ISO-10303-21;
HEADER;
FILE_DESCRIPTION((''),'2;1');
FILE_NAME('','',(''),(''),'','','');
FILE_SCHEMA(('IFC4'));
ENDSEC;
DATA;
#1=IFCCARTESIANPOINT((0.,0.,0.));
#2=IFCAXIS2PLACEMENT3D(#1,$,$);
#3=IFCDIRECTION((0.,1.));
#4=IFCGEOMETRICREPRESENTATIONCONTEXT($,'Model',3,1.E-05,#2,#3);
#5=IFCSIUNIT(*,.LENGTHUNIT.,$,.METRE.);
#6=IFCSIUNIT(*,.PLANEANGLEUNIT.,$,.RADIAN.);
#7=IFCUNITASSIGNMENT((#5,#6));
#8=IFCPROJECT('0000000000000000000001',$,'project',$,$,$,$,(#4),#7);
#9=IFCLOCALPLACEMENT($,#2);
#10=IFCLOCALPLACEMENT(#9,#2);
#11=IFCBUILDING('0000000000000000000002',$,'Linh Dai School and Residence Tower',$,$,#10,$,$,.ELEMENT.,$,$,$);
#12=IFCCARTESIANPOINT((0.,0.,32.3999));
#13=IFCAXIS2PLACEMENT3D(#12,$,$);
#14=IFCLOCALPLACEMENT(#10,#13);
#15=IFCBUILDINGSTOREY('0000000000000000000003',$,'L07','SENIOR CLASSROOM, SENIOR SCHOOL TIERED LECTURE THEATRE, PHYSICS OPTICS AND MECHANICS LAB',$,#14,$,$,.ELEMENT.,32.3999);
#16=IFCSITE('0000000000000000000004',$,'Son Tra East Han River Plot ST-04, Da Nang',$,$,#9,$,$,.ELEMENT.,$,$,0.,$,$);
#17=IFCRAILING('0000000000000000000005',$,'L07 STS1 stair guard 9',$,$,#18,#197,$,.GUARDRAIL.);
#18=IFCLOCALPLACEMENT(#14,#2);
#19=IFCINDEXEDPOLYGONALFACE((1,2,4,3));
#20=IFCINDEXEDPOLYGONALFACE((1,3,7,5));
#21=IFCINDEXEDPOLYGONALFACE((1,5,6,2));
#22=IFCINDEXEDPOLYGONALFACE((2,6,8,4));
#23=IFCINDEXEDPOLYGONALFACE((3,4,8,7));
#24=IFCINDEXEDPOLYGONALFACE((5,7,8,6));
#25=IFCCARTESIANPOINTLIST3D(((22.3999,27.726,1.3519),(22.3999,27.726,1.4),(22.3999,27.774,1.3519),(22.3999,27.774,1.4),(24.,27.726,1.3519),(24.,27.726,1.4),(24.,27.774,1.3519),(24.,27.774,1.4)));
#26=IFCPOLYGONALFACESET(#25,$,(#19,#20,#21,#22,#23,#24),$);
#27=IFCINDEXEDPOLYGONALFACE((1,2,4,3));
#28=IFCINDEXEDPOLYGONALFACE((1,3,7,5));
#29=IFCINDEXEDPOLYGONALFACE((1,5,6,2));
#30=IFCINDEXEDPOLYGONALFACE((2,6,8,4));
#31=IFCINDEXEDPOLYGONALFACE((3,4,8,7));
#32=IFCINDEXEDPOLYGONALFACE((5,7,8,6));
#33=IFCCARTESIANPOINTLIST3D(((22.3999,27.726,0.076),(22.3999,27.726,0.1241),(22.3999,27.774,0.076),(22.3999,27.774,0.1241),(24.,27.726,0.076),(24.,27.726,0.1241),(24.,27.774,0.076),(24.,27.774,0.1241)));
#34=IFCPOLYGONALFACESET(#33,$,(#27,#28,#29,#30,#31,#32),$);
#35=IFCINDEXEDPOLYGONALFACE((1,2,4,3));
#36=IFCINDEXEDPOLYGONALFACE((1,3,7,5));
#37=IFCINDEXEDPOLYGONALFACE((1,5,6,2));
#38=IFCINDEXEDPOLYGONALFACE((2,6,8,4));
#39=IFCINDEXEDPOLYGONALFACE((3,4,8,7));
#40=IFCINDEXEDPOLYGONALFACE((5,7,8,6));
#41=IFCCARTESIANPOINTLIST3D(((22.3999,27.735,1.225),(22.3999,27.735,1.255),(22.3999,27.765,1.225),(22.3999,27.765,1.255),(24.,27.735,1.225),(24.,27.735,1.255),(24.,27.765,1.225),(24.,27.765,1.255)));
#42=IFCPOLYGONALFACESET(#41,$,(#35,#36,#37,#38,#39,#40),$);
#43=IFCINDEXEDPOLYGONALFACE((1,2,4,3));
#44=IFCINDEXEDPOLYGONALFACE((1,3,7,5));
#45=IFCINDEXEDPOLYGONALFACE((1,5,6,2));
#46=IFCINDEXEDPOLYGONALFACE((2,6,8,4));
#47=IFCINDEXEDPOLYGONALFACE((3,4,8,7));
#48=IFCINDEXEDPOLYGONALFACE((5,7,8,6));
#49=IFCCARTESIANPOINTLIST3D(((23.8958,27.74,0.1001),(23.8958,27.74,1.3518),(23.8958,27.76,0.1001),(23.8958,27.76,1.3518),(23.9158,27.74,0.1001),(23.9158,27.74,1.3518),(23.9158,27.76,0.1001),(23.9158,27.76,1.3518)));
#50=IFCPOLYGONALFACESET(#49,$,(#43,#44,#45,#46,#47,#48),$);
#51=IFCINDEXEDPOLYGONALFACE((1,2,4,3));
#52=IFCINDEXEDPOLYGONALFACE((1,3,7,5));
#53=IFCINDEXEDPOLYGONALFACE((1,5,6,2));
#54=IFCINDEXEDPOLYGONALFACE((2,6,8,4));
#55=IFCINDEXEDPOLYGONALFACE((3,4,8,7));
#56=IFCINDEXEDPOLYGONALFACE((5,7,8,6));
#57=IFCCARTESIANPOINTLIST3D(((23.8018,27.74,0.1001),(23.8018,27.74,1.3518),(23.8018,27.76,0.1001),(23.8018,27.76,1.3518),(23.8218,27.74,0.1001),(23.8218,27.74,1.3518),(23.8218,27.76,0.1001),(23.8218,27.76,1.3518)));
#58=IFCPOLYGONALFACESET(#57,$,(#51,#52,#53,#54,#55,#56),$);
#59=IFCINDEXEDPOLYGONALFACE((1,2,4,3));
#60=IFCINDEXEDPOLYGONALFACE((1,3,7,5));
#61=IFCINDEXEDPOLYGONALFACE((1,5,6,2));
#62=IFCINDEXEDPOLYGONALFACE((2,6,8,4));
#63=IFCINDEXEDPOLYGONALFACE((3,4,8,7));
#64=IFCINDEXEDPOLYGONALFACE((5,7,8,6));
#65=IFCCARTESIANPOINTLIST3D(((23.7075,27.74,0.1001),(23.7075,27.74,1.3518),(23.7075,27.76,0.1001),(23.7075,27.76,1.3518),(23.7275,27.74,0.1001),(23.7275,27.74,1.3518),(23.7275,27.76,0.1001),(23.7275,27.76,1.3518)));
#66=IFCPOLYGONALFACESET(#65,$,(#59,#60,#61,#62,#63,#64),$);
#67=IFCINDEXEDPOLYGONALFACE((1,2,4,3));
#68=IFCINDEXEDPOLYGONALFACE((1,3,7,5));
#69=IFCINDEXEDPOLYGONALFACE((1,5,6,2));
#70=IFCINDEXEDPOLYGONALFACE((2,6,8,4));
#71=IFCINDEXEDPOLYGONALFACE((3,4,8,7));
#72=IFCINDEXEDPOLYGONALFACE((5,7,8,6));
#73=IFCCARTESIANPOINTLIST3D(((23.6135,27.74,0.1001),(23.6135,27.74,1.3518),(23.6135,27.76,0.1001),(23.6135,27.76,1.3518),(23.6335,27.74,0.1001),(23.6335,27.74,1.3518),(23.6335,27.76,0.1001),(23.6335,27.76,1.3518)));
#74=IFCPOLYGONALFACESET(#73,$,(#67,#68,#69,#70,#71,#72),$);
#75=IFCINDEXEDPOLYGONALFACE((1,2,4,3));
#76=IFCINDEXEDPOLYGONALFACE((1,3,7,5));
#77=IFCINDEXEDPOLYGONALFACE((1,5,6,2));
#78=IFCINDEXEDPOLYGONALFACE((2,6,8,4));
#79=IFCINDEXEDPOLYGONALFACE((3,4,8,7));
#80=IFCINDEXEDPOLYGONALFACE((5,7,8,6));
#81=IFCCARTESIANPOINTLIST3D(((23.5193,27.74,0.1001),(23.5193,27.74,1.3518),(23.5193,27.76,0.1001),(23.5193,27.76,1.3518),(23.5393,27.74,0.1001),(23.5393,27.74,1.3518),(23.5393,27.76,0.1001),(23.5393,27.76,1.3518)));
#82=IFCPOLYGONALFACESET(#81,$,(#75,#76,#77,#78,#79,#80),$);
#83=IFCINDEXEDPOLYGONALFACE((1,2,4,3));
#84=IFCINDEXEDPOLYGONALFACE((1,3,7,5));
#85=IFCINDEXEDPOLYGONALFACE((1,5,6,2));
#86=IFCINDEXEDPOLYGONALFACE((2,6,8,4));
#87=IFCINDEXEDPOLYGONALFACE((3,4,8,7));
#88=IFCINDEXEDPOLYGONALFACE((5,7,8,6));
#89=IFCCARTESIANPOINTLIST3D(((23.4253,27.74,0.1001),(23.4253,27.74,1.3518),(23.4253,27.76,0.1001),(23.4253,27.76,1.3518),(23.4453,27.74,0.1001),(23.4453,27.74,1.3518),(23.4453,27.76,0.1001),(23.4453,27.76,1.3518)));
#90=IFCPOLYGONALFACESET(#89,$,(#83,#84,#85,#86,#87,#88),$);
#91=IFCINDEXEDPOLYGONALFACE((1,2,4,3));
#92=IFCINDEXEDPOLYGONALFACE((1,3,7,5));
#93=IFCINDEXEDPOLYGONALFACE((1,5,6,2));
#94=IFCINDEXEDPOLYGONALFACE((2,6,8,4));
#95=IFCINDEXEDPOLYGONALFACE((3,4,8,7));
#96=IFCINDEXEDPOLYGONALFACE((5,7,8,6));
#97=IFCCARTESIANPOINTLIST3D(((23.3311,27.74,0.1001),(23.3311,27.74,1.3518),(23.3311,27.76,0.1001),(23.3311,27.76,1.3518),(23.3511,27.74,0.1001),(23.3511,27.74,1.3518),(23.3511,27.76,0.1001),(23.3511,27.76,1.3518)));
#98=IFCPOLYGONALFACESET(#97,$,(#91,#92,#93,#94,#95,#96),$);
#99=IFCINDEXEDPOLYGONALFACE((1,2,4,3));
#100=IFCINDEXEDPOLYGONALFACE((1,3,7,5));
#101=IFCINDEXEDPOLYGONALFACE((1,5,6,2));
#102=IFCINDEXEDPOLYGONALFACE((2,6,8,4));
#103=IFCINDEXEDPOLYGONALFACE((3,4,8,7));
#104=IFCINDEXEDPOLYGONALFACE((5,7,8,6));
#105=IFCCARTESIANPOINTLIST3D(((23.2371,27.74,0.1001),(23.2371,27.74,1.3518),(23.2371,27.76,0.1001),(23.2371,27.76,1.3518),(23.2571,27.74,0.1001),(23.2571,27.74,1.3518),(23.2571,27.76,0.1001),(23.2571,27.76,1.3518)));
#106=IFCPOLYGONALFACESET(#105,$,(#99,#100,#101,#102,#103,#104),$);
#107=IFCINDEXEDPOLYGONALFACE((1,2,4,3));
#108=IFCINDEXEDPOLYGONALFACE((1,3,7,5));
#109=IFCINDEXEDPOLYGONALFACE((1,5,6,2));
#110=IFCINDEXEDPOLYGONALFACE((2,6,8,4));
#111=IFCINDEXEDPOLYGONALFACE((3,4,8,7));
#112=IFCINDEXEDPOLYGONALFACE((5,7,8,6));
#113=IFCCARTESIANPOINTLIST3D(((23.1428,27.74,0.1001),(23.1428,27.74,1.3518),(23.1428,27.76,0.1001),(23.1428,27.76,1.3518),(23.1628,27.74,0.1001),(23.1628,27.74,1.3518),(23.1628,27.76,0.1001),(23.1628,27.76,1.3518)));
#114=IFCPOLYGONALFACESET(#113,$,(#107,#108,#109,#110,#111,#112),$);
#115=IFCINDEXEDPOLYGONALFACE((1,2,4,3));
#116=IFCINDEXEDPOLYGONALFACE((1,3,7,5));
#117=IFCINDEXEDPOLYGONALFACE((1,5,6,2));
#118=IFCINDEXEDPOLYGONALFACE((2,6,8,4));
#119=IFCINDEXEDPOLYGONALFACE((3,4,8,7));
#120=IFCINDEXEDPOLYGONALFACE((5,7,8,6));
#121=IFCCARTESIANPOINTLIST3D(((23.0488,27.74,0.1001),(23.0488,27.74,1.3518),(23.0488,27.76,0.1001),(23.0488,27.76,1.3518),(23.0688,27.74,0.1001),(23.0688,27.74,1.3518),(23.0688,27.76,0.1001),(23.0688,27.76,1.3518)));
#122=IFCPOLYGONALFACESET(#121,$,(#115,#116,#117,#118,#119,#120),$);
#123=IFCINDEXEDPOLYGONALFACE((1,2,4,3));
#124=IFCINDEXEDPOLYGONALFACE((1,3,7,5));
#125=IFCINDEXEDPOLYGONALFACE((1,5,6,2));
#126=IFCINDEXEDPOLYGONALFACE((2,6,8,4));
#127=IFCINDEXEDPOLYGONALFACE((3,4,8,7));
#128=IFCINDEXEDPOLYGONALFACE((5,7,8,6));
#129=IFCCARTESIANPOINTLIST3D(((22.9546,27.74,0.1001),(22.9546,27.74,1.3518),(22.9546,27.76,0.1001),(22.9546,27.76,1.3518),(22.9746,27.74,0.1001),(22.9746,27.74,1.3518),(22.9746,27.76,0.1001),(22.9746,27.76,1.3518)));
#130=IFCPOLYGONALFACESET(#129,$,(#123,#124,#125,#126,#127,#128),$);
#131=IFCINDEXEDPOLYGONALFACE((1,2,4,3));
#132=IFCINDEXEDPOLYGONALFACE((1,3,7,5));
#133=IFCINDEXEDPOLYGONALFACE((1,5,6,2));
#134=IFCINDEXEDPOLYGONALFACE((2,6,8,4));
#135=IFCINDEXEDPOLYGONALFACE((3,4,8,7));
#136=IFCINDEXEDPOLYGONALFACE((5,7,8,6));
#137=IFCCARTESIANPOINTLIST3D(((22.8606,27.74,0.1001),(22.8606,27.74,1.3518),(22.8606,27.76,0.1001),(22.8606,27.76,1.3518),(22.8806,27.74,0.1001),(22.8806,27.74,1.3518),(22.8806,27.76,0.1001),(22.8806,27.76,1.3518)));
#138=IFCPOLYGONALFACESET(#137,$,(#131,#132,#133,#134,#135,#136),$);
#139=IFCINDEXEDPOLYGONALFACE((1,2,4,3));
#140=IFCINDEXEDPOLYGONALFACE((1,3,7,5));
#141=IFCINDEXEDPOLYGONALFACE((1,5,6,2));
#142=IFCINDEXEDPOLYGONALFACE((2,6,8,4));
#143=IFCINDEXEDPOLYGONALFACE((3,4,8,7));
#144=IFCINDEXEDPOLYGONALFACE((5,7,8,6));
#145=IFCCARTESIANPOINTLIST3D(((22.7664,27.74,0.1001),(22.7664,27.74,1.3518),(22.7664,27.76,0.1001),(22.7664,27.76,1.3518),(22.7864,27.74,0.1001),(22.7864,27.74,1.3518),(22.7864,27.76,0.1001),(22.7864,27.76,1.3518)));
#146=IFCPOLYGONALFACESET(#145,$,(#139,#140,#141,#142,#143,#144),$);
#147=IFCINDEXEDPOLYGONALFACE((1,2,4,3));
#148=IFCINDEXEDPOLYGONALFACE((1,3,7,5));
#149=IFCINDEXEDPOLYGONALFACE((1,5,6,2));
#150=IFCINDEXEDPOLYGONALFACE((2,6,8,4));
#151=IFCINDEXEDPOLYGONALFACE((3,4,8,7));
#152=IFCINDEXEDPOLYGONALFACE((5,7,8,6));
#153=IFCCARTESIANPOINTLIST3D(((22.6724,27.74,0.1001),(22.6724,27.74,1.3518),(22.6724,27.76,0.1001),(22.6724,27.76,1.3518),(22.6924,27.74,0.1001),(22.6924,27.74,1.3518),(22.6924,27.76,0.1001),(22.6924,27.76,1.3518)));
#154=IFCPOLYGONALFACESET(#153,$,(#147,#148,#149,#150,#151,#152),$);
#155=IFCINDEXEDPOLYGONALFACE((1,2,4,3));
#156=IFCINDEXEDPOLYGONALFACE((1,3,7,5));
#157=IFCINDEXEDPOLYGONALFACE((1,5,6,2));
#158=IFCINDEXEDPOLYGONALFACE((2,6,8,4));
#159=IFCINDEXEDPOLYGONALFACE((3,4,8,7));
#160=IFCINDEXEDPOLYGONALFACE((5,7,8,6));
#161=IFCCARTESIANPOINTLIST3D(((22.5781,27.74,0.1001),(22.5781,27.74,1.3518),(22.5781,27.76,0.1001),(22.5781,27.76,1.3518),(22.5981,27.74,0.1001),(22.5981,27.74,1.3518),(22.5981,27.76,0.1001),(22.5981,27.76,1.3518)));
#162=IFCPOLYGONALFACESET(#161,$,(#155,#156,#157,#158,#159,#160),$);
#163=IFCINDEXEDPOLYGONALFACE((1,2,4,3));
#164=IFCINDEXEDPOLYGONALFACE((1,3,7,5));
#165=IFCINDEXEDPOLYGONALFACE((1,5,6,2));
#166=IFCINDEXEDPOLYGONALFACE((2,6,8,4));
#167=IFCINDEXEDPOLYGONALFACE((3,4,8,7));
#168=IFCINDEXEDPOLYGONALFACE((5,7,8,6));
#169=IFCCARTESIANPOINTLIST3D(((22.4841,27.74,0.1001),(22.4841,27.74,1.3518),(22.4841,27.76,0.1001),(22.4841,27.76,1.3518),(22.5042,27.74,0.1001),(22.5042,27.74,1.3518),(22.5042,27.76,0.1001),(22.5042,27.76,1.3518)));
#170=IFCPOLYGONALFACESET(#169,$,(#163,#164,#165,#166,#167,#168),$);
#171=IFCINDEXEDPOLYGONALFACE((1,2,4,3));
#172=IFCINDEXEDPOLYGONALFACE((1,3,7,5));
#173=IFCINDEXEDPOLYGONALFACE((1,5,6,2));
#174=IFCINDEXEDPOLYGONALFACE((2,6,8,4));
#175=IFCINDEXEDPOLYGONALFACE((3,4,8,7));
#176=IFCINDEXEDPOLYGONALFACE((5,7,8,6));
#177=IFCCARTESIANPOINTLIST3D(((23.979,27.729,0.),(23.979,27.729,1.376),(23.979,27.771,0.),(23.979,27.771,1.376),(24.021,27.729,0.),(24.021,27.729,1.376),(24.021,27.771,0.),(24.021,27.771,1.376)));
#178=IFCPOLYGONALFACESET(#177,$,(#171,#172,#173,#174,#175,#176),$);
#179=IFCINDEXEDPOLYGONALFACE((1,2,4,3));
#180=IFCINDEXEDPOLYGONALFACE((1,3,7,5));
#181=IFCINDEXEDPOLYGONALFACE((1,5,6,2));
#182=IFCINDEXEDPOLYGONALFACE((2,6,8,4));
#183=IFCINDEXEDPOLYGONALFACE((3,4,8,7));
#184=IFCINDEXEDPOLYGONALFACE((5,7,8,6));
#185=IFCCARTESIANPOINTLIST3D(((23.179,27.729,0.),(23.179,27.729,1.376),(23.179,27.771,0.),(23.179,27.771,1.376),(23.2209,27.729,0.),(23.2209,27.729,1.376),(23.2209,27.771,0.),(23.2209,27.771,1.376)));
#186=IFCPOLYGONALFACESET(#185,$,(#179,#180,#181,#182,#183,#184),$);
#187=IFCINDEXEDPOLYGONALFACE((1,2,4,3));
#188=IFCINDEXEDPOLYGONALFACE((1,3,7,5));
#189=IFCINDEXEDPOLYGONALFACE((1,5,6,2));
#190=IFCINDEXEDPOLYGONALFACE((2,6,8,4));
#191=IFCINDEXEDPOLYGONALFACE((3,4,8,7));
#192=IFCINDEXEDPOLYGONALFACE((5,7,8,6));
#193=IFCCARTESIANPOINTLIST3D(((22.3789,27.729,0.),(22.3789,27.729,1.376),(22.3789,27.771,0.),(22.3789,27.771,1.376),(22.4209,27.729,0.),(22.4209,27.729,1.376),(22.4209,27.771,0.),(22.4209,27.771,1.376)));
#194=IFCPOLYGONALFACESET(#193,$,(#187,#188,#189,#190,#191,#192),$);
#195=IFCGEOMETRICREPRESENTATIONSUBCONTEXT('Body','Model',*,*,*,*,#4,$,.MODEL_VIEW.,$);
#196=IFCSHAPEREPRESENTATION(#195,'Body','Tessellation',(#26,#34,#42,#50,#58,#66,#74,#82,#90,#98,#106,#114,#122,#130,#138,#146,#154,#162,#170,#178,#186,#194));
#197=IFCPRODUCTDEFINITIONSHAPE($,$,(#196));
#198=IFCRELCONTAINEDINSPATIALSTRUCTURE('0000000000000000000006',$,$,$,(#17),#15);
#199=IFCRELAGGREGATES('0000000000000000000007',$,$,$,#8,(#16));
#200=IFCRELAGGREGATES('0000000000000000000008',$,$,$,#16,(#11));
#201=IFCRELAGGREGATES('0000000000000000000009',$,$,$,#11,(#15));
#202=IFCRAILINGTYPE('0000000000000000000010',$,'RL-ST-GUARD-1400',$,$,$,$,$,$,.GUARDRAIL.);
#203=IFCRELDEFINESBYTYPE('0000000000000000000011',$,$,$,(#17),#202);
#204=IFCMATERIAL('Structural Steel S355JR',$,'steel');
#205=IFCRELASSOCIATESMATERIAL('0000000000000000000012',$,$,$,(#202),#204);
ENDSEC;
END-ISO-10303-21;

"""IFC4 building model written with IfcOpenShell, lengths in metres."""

from ifc_helpers import new_model, si_unit, direction, frame, origin, origin_2d, place, context, subcontext, project, spatial, rectangle, extrude, source, transform, mapped, material, type_object, element, save


model = new_model("IFC4")

# Units and contexts
model_context = context("Model", 3, precision=1e-05, world=origin(), true_north=direction((0.0, 1.0)))
body_context = subcontext(model_context, "Body", "Model", "MODEL_VIEW")
ifc_project = project(units=[si_unit("LENGTHUNIT", "METRE"), si_unit("PLANEANGLEUNIT", "RADIAN")], contexts=[model_context])

# Site, building, storey
site_placement = place(None, origin())
site = spatial("IfcSite", under=ifc_project, at=site_placement, Name="Son Tra East Han River Plot ST-04, Da Nang", CompositionType="ELEMENT", RefElevation=0.0)
building_placement = place(site_placement, origin())
building = spatial("IfcBuilding", under=site, at=building_placement, Name="Linh Dai School and Residence Tower", CompositionType="ELEMENT")
storey_placement = place(building_placement, frame((0.0, 0.0, 32.3999)))
storey = spatial("IfcBuildingStorey", under=building, at=storey_placement, Name="L07", Description="SENIOR CLASSROOM, SENIOR SCHOOL TIERED LECTURE THEATRE, PHYSICS OPTICS AND MECHANICS LAB", CompositionType="ELEMENT", Elevation=32.3999)

# Shared definitions
ifc_material_1 = material(Name="Structural Steel S355JR", Category="steel")

# Railing
railing_type_1 = type_object("IfcRailingType", Name="RL-ST-GUARD-1400", PredefinedType="GUARDRAIL", material=ifc_material_1)
shared_shape_1 = source(origin(), body_context, "Body", "SweptSolid", [
    extrude(rectangle(XDim=0.0481, YDim=0.0481, at=origin_2d()), frame((0.0, 0.0, 1.376), z_axis=(-1.0, 0.0, 0.0), x_axis=(0.0, -1.0, 0.0)), (0.0, 0.0, 1.0), 1.6001),
    extrude(rectangle(XDim=0.0481, YDim=0.0481, at=origin_2d()), frame((0.0, 0.0, 0.1001), z_axis=(-1.0, 0.0, 0.0), x_axis=(0.0, -1.0, 0.0)), (0.0, 0.0, 1.0), 1.6001),
    extrude(rectangle(XDim=0.03, YDim=0.03, at=origin_2d()), frame((0.0, 0.0, 1.24), z_axis=(-1.0, 0.0, 0.0), x_axis=(0.0, -1.0, 0.0)), (0.0, 0.0, 1.0), 1.6001),
    extrude(rectangle(XDim=0.02, YDim=0.02, at=origin_2d()), frame((-0.0942, 0.0, 0.1001)), (0.0, 0.0, 1.0), 1.2517),
    extrude(rectangle(XDim=0.02, YDim=0.02, at=origin_2d()), frame((-0.1882, 0.0, 0.1001)), (0.0, 0.0, 1.0), 1.2517),
    extrude(rectangle(XDim=0.02, YDim=0.02, at=origin_2d()), frame((-0.2825, 0.0, 0.1001)), (0.0, 0.0, 1.0), 1.2517),
    extrude(rectangle(XDim=0.02, YDim=0.02, at=origin_2d()), frame((-0.3765, 0.0, 0.1001)), (0.0, 0.0, 1.0), 1.2517),
    extrude(rectangle(XDim=0.02, YDim=0.02, at=origin_2d()), frame((-0.4707, 0.0, 0.1001)), (0.0, 0.0, 1.0), 1.2517),
    extrude(rectangle(XDim=0.02, YDim=0.02, at=origin_2d()), frame((-0.5647, 0.0, 0.1001)), (0.0, 0.0, 1.0), 1.2517),
    extrude(rectangle(XDim=0.02, YDim=0.02, at=origin_2d()), frame((-0.6589, 0.0, 0.1001)), (0.0, 0.0, 1.0), 1.2517),
    extrude(rectangle(XDim=0.02, YDim=0.02, at=origin_2d()), frame((-0.7529, 0.0, 0.1001)), (0.0, 0.0, 1.0), 1.2517),
    extrude(rectangle(XDim=0.02, YDim=0.02, at=origin_2d()), frame((-0.8472, 0.0, 0.1001)), (0.0, 0.0, 1.0), 1.2517),
    extrude(rectangle(XDim=0.02, YDim=0.02, at=origin_2d()), frame((-0.9412, 0.0, 0.1001)), (0.0, 0.0, 1.0), 1.2517),
    extrude(rectangle(XDim=0.02, YDim=0.02, at=origin_2d()), frame((-1.0354, 0.0, 0.1001)), (0.0, 0.0, 1.0), 1.2517),
    extrude(rectangle(XDim=0.02, YDim=0.02, at=origin_2d()), frame((-1.1294, 0.0, 0.1001)), (0.0, 0.0, 1.0), 1.2517),
    extrude(rectangle(XDim=0.02, YDim=0.02, at=origin_2d()), frame((-1.2236, 0.0, 0.1001)), (0.0, 0.0, 1.0), 1.2517),
    extrude(rectangle(XDim=0.02, YDim=0.02, at=origin_2d()), frame((-1.3176, 0.0, 0.1001)), (0.0, 0.0, 1.0), 1.2517),
    extrude(rectangle(XDim=0.02, YDim=0.02, at=origin_2d()), frame((-1.4119, 0.0, 0.1001)), (0.0, 0.0, 1.0), 1.2517),
    extrude(rectangle(XDim=0.02, YDim=0.02, at=origin_2d()), frame((-1.5059, 0.0, 0.1001)), (0.0, 0.0, 1.0), 1.2517),
    extrude(rectangle(XDim=0.042, YDim=0.042, at=origin_2d()), origin(), (0.0, 0.0, 1.0), 1.376),
    extrude(rectangle(XDim=0.042, YDim=0.042, at=origin_2d()), frame((-0.8, 0.0, 0.0)), (0.0, 0.0, 1.0), 1.376),
    extrude(rectangle(XDim=0.042, YDim=0.042, at=origin_2d()), frame((-1.6001, 0.0, 0.0)), (0.0, 0.0, 1.0), 1.376),
])
for number, where, name in (
    (1, (24.0, 27.75, 0.0), "L07 STS1 stair guard 9"),
):
    element("IfcRailing", number, at=place(storey_placement, frame(where)), inside=storey, type_object=railing_type_1, Name=name, PredefinedType="GUARDRAIL", context=body_context, shape_type="MappedRepresentation", body=[
        mapped(shared_shape_1, transform((0.0, 0.0, 0.0), x_axis=(1.0, 0.0, 0.0), y_axis=(0.0, 1.0, 0.0), z_axis=(0.0, 0.0, 1.0), scale=1.0)),
    ])

save(model, "model.ifc")
